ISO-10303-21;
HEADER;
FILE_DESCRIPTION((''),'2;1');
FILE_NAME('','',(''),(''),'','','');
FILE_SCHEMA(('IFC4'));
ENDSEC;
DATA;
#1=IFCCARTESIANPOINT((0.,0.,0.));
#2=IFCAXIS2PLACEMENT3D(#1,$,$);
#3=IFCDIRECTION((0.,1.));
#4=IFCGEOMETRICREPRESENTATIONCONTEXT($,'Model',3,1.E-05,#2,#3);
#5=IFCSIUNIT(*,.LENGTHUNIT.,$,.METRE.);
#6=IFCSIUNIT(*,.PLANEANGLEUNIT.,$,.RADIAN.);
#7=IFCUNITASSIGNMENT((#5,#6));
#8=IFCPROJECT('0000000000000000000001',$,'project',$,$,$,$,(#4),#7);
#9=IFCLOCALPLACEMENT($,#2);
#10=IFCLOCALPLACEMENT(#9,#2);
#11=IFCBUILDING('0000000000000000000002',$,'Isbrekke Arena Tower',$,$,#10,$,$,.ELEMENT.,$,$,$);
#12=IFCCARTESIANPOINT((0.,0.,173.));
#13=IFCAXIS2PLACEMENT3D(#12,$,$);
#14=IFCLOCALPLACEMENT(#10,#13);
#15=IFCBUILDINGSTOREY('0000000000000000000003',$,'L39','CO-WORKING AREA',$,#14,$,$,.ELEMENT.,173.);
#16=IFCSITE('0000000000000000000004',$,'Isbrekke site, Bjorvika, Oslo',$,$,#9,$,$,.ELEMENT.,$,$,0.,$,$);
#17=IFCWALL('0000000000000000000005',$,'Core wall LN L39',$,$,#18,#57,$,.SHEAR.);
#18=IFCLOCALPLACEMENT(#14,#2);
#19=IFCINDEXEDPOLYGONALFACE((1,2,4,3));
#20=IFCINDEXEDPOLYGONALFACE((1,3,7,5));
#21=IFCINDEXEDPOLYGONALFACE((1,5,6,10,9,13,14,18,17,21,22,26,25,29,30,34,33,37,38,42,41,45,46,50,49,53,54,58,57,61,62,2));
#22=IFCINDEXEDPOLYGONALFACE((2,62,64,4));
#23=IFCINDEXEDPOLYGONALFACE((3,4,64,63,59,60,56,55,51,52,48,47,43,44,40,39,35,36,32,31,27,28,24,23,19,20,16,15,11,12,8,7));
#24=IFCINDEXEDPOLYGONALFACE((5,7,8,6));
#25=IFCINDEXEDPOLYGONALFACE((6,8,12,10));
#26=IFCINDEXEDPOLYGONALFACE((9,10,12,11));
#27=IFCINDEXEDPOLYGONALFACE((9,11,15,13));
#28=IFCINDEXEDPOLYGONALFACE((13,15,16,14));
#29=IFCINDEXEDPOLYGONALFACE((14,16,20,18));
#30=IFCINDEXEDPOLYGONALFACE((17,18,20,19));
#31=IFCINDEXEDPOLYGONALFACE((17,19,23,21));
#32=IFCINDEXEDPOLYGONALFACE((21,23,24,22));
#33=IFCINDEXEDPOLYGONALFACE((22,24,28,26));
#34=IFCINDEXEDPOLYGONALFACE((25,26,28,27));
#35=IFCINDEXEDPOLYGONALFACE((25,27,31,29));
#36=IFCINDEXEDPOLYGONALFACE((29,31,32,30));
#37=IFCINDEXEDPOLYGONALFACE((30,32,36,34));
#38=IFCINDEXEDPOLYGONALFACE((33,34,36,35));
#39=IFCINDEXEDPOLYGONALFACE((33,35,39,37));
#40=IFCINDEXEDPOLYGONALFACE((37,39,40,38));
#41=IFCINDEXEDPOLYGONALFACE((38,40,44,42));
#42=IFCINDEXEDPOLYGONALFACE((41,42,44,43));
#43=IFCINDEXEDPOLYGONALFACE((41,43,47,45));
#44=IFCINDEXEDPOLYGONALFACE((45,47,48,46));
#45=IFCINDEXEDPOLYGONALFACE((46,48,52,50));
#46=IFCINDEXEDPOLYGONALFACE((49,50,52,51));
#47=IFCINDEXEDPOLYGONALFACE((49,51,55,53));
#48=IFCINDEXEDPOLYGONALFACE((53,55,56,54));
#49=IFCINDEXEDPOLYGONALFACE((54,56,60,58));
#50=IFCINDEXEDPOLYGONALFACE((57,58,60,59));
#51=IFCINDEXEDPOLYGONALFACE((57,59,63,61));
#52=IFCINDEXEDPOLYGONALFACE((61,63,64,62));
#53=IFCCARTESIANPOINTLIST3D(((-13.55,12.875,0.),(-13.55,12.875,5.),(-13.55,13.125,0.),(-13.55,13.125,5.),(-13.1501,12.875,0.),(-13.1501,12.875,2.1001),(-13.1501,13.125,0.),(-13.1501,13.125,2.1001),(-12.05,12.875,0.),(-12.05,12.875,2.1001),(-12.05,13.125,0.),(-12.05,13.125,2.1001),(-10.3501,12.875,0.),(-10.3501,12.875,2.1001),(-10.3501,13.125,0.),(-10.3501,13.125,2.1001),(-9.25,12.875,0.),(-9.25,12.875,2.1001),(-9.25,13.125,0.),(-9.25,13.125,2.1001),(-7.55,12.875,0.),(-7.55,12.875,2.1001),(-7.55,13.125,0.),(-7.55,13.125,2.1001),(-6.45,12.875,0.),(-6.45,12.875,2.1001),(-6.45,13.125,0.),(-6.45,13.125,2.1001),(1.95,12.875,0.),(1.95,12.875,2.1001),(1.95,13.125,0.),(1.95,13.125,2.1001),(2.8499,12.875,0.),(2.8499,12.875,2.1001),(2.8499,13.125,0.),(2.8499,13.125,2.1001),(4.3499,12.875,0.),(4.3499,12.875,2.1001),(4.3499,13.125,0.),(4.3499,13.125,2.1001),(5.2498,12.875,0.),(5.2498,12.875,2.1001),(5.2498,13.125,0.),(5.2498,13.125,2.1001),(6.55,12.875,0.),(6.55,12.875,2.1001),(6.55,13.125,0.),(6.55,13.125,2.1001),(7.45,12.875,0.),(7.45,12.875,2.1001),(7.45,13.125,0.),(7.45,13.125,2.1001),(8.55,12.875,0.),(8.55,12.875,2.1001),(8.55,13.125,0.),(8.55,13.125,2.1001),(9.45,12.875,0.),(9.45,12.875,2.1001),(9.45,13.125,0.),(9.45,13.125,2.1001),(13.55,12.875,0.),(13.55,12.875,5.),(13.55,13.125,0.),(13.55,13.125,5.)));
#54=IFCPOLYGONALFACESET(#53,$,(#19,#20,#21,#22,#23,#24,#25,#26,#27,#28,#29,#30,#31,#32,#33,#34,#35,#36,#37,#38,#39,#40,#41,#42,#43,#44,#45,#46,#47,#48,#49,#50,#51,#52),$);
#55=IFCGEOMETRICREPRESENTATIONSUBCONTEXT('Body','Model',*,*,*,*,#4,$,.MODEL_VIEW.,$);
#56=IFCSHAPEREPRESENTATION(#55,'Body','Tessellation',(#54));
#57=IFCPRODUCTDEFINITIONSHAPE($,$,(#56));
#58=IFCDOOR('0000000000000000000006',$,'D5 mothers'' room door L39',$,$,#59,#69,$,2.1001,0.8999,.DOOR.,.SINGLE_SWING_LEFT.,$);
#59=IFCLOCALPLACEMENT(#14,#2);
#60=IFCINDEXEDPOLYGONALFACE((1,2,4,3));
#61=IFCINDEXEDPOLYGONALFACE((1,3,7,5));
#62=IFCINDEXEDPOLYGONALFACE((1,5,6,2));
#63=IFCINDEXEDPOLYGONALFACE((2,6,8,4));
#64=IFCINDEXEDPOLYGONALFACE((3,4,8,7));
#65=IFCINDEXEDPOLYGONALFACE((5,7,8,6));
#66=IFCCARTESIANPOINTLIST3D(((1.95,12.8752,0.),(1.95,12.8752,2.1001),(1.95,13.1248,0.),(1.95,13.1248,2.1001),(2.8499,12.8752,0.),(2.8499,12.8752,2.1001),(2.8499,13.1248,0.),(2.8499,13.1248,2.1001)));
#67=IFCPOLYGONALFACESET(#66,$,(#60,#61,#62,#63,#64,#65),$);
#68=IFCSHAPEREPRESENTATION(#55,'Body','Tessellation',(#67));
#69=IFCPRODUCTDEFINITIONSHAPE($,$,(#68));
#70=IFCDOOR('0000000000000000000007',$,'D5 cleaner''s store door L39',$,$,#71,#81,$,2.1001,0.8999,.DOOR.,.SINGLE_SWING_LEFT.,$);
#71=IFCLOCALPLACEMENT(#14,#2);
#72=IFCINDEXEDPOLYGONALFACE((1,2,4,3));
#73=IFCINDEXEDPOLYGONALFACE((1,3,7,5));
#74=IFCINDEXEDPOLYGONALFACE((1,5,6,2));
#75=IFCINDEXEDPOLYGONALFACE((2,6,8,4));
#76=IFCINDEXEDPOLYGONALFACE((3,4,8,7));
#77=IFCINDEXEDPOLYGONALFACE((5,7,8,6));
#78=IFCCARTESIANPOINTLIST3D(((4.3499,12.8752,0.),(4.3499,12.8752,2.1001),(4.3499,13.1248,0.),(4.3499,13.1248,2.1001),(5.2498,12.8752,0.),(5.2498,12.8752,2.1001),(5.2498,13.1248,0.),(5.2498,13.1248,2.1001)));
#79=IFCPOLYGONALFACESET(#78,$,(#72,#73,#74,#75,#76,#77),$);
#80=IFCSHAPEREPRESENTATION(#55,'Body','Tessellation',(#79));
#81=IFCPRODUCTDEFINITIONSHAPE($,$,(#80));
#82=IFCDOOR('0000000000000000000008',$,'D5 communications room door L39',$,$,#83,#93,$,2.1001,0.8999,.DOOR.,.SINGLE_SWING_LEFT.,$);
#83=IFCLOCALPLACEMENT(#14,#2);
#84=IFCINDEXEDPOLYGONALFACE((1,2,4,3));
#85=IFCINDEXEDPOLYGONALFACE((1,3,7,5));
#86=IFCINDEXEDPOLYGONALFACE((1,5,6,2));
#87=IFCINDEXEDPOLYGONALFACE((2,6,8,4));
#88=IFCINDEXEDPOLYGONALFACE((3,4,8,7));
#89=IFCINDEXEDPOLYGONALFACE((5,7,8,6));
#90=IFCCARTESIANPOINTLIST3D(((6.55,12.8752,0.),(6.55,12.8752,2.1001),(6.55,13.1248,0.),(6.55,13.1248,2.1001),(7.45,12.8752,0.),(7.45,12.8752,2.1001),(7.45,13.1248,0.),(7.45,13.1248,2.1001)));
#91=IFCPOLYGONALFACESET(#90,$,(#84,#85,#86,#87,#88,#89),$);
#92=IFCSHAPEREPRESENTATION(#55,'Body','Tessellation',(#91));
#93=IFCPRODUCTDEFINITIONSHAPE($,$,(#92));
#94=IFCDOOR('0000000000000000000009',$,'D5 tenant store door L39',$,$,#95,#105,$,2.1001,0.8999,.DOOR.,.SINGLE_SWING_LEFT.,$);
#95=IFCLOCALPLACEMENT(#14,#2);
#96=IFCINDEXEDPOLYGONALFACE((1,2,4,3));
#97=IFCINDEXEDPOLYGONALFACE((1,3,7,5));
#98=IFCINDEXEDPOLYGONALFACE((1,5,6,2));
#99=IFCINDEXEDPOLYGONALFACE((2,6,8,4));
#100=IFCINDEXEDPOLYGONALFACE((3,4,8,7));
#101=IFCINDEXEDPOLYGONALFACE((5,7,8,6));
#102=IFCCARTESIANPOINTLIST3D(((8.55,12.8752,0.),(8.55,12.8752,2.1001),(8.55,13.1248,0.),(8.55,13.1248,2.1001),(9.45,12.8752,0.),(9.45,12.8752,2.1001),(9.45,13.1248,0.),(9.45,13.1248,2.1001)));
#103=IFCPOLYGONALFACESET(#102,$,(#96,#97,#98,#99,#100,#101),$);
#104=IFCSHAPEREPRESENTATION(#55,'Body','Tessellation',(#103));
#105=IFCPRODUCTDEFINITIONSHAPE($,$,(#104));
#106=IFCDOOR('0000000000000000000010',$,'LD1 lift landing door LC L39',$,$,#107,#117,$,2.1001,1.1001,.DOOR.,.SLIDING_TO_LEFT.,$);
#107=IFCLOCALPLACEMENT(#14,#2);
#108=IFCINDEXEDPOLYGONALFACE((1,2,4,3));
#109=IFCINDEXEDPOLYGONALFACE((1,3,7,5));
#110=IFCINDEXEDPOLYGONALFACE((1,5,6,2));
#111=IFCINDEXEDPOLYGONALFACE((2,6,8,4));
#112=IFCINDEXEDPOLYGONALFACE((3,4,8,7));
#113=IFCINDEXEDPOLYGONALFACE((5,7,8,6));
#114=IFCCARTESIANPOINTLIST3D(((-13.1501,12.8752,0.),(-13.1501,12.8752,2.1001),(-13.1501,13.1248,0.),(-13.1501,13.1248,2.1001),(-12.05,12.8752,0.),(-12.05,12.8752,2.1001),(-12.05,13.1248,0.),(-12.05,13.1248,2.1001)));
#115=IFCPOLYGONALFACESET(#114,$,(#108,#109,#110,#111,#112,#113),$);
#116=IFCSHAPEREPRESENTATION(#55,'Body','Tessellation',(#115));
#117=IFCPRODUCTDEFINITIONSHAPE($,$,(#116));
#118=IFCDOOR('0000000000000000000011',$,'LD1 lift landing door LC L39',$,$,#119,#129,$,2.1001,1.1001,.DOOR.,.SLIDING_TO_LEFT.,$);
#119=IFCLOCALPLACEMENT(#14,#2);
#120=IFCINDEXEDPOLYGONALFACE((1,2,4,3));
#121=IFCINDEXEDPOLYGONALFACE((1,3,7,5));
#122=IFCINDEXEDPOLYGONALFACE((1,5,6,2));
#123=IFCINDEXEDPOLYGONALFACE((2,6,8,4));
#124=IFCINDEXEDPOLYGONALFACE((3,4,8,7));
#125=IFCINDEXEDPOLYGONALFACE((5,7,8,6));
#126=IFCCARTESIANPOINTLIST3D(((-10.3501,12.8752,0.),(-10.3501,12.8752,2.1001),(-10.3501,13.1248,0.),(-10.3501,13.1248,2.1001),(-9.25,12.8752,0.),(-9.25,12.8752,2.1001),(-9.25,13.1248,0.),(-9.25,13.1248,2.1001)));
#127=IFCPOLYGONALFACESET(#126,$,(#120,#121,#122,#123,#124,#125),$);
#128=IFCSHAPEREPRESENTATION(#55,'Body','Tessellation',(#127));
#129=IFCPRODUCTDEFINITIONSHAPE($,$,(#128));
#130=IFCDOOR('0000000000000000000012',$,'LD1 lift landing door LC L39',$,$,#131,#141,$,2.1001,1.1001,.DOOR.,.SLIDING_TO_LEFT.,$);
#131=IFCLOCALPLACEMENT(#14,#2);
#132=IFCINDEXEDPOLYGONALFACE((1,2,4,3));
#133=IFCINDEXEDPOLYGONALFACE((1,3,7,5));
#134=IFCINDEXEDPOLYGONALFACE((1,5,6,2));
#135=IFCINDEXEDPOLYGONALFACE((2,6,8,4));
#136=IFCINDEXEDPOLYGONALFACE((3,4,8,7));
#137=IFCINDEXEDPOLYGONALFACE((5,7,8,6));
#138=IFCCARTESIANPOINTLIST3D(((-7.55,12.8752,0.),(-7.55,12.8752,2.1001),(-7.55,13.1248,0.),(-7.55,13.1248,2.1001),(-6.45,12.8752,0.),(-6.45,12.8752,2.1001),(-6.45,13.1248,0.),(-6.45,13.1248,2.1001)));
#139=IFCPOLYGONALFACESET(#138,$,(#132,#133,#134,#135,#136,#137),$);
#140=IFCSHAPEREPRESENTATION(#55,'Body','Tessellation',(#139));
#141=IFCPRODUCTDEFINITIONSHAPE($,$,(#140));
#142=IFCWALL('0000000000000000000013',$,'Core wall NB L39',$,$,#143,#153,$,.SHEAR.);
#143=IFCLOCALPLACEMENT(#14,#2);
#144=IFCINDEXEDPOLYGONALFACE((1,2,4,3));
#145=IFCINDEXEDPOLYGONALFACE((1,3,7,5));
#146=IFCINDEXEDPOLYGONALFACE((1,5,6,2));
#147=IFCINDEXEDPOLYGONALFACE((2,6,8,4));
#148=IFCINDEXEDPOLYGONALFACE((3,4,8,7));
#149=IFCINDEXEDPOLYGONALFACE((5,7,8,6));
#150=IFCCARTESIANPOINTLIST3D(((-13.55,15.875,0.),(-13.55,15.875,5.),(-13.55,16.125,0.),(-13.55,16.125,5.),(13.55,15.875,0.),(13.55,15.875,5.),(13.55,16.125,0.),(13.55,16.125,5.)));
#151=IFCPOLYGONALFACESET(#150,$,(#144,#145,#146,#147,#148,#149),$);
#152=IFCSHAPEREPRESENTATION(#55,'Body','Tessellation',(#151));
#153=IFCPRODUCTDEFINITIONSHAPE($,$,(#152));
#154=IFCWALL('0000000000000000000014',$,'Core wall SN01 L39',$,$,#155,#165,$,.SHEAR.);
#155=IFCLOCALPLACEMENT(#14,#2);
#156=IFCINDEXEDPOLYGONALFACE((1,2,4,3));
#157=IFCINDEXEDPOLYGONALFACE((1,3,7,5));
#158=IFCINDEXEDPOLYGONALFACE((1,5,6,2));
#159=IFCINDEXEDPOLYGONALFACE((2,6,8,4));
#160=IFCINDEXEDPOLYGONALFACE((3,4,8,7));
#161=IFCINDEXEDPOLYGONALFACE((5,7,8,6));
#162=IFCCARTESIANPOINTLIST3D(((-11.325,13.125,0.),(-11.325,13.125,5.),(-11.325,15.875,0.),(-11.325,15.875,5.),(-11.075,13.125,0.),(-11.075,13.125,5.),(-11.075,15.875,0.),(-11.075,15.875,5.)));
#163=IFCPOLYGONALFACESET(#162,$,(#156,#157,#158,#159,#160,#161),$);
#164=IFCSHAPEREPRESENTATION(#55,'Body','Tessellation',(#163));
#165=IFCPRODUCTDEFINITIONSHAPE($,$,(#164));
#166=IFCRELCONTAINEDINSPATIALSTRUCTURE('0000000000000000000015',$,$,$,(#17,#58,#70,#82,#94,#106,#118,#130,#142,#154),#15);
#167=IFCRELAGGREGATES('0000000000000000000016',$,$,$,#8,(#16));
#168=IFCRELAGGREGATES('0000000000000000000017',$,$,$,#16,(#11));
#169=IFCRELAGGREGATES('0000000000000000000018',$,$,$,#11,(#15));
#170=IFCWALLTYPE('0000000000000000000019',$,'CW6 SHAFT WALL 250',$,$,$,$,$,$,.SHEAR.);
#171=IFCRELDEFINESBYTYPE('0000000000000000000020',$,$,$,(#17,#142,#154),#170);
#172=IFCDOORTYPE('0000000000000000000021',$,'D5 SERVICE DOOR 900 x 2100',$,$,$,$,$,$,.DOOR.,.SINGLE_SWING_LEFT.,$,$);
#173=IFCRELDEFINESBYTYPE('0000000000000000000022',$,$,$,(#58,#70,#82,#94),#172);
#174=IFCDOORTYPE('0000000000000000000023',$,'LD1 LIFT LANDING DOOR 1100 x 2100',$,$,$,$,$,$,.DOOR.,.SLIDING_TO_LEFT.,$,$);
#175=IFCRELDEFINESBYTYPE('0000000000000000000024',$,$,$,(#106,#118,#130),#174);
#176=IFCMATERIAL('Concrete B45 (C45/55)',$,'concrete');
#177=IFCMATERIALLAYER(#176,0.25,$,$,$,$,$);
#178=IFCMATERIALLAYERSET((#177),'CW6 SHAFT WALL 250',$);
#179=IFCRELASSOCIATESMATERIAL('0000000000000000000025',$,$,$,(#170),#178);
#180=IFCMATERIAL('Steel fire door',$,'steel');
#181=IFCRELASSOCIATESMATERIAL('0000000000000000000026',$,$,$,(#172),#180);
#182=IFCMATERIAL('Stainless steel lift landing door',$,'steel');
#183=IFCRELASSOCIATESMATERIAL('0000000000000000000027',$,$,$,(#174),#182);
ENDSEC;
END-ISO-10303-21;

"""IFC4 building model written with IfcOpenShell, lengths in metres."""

from ifc_helpers import new_model, si_unit, direction, frame, frame_2d, origin, place, context, subcontext, project, spatial, rectangle, extrude, material, layer, layer_set, type_object, element, fill, save


model = new_model("IFC4")

# Units and contexts
model_context = context("Model", 3, precision=1e-05, world=origin(), true_north=direction((0.0, 1.0)))
body_context = subcontext(model_context, "Body", "Model", "MODEL_VIEW")
ifc_project = project(units=[si_unit("LENGTHUNIT", "METRE"), si_unit("PLANEANGLEUNIT", "RADIAN")], contexts=[model_context])

# Site, building, storey
site_placement = place(None, origin())
site = spatial("IfcSite", under=ifc_project, at=site_placement, Name="Isbrekke site, Bjorvika, Oslo", CompositionType="ELEMENT", RefElevation=0.0)
building_placement = place(site_placement, origin())
building = spatial("IfcBuilding", under=site, at=building_placement, Name="Isbrekke Arena Tower", CompositionType="ELEMENT")
storey_placement = place(building_placement, frame((0.0, 0.0, 173.0)))
storey = spatial("IfcBuildingStorey", under=building, at=storey_placement, Name="L39", Description="CO-WORKING AREA", CompositionType="ELEMENT", Elevation=173.0)

# Wall, openings, doors
ifc_material_1 = material(Name="Concrete B45 (C45/55)", Category="concrete")
ifc_layer = layer(ifc_material_1, 0.25)
ifc_layer_set = layer_set([ifc_layer], Name="CW6 SHAFT WALL 250")
wall_type = type_object("IfcWallType", Name="CW6 SHAFT WALL 250", PredefinedType="SHEAR", material=ifc_layer_set)
wall_1_placement = place(storey_placement, frame((-13.55, 13.0, 0.0), z_axis=(0.0, 0.0, 1.0), x_axis=(1.0, 0.0, 0.0)))
wall_1 = element("IfcWall", 1, at=wall_1_placement, inside=storey, type_object=wall_type, Name="Core wall LN L39", PredefinedType="SHEAR", context=body_context, shape_type="SweptSolid", body=[
    extrude(rectangle(XDim=27.1001, YDim=0.25, at=frame_2d((13.55, 0.0))), origin(), (0.0, 0.0, 1.0), 5.0),
])
opening_1_placement = place(wall_1_placement, frame((0.3999, 0.0, 0.0)))
opening_1 = element("IfcOpeningElement", 2, at=opening_1_placement, cuts=wall_1, PredefinedType="OPENING", context=body_context, shape_type="SweptSolid", body=[
    extrude(rectangle(XDim=1.1001, YDim=2.1001, at=frame_2d((0.55, 1.05))), frame((0.0, 0.1399, 0.0), z_axis=(0.0, -1.0, 0.0), x_axis=(1.0, 0.0, 0.0)), (0.0, 0.0, 1.0), 0.2798),
])
opening_2_placement = place(wall_1_placement, frame((3.2, 0.0, 0.0)))
opening_2 = element("IfcOpeningElement", 3, at=opening_2_placement, cuts=wall_1, PredefinedType="OPENING", context=body_context, shape_type="SweptSolid", body=[
    extrude(rectangle(XDim=1.1001, YDim=2.1001, at=frame_2d((0.55, 1.05))), frame((0.0, 0.1399, 0.0), z_axis=(0.0, -1.0, 0.0), x_axis=(1.0, 0.0, 0.0)), (0.0, 0.0, 1.0), 0.2798),
])
opening_3_placement = place(wall_1_placement, frame((6.0, 0.0, 0.0)))
opening_3 = element("IfcOpeningElement", 4, at=opening_3_placement, cuts=wall_1, PredefinedType="OPENING", context=body_context, shape_type="SweptSolid", body=[
    extrude(rectangle(XDim=1.1001, YDim=2.1001, at=frame_2d((0.55, 1.05))), frame((0.0, 0.1399, 0.0), z_axis=(0.0, -1.0, 0.0), x_axis=(1.0, 0.0, 0.0)), (0.0, 0.0, 1.0), 0.2798),
])
opening_4_placement = place(wall_1_placement, frame((15.5, 0.0, 0.0)))
opening_4 = element("IfcOpeningElement", 5, at=opening_4_placement, cuts=wall_1, PredefinedType="OPENING", context=body_context, shape_type="SweptSolid", body=[
    extrude(rectangle(XDim=0.8999, YDim=2.1001, at=frame_2d((0.45, 1.05))), frame((0.0, 0.1399, 0.0), z_axis=(0.0, -1.0, 0.0), x_axis=(1.0, 0.0, 0.0)), (0.0, 0.0, 1.0), 0.2798),
])
opening_5_placement = place(wall_1_placement, frame((17.8999, 0.0, 0.0)))
opening_5 = element("IfcOpeningElement", 6, at=opening_5_placement, cuts=wall_1, PredefinedType="OPENING", context=body_context, shape_type="SweptSolid", body=[
    extrude(rectangle(XDim=0.8999, YDim=2.1001, at=frame_2d((0.45, 1.05))), frame((0.0, 0.1399, 0.0), z_axis=(0.0, -1.0, 0.0), x_axis=(1.0, 0.0, 0.0)), (0.0, 0.0, 1.0), 0.2798),
])
opening_6_placement = place(wall_1_placement, frame((20.1001, 0.0, 0.0)))
opening_6 = element("IfcOpeningElement", 7, at=opening_6_placement, cuts=wall_1, PredefinedType="OPENING", context=body_context, shape_type="SweptSolid", body=[
    extrude(rectangle(XDim=0.8999, YDim=2.1001, at=frame_2d((0.45, 1.05))), frame((0.0, 0.1399, 0.0), z_axis=(0.0, -1.0, 0.0), x_axis=(1.0, 0.0, 0.0)), (0.0, 0.0, 1.0), 0.2798),
])
opening_7_placement = place(wall_1_placement, frame((22.1001, 0.0, 0.0)))
opening_7 = element("IfcOpeningElement", 8, at=opening_7_placement, cuts=wall_1, PredefinedType="OPENING", context=body_context, shape_type="SweptSolid", body=[
    extrude(rectangle(XDim=0.8999, YDim=2.1001, at=frame_2d((0.45, 1.05))), frame((0.0, 0.1399, 0.0), z_axis=(0.0, -1.0, 0.0), x_axis=(1.0, 0.0, 0.0)), (0.0, 0.0, 1.0), 0.2798),
])
ifc_material_2 = material(Name="Steel fire door", Category="steel")
door_type_1 = type_object("IfcDoorType", Name="D5 SERVICE DOOR 900 x 2100", OperationType="SINGLE_SWING_LEFT", PredefinedType="DOOR", material=ifc_material_2)
door_1_placement = place(opening_4_placement, origin())
door_1 = element("IfcDoor", 9, at=door_1_placement, inside=storey, type_object=door_type_1, Name="D5 mothers' room door L39", OperationType="SINGLE_SWING_LEFT", OverallHeight=2.1001, OverallWidth=0.8999, PredefinedType="DOOR", context=body_context, shape_type="SweptSolid", body=[
    extrude(rectangle(XDim=0.8999, YDim=2.1001, at=frame_2d((0.45, 1.05))), frame((0.0, 0.1248, 0.0), z_axis=(0.0, -1.0, 0.0), x_axis=(1.0, 0.0, 0.0)), (0.0, 0.0, 1.0), 0.2495),
])
fill(opening_4, door_1)
door_2_placement = place(opening_5_placement, origin())
door_2 = element("IfcDoor", 10, at=door_2_placement, inside=storey, type_object=door_type_1, Name="D5 cleaner's store door L39", OperationType="SINGLE_SWING_LEFT", OverallHeight=2.1001, OverallWidth=0.8999, PredefinedType="DOOR", context=body_context, shape_type="SweptSolid", body=[
    extrude(rectangle(XDim=0.8999, YDim=2.1001, at=frame_2d((0.45, 1.05))), frame((0.0, 0.1248, 0.0), z_axis=(0.0, -1.0, 0.0), x_axis=(1.0, 0.0, 0.0)), (0.0, 0.0, 1.0), 0.2495),
])
fill(opening_5, door_2)
door_3_placement = place(opening_6_placement, origin())
door_3 = element("IfcDoor", 11, at=door_3_placement, inside=storey, type_object=door_type_1, Name="D5 communications room door L39", OperationType="SINGLE_SWING_LEFT", OverallHeight=2.1001, OverallWidth=0.8999, PredefinedType="DOOR", context=body_context, shape_type="SweptSolid", body=[
    extrude(rectangle(XDim=0.8999, YDim=2.1001, at=frame_2d((0.45, 1.05))), frame((0.0, 0.1248, 0.0), z_axis=(0.0, -1.0, 0.0), x_axis=(1.0, 0.0, 0.0)), (0.0, 0.0, 1.0), 0.2495),
])
fill(opening_6, door_3)
door_4_placement = place(opening_7_placement, origin())
door_4 = element("IfcDoor", 12, at=door_4_placement, inside=storey, type_object=door_type_1, Name="D5 tenant store door L39", OperationType="SINGLE_SWING_LEFT", OverallHeight=2.1001, OverallWidth=0.8999, PredefinedType="DOOR", context=body_context, shape_type="SweptSolid", body=[
    extrude(rectangle(XDim=0.8999, YDim=2.1001, at=frame_2d((0.45, 1.05))), frame((0.0, 0.1248, 0.0), z_axis=(0.0, -1.0, 0.0), x_axis=(1.0, 0.0, 0.0)), (0.0, 0.0, 1.0), 0.2495),
])
fill(opening_7, door_4)
ifc_material_3 = material(Name="Stainless steel lift landing door", Category="steel")
door_type_2 = type_object("IfcDoorType", Name="LD1 LIFT LANDING DOOR 1100 x 2100", OperationType="SLIDING_TO_LEFT", PredefinedType="DOOR", material=ifc_material_3)
door_5_placement = place(opening_1_placement, origin())
door_5 = element("IfcDoor", 13, at=door_5_placement, inside=storey, type_object=door_type_2, Name="LD1 lift landing door LC L39", OperationType="SLIDING_TO_LEFT", OverallHeight=2.1001, OverallWidth=1.1001, PredefinedType="DOOR", context=body_context, shape_type="SweptSolid", body=[
    extrude(rectangle(XDim=1.1001, YDim=2.1001, at=frame_2d((0.55, 1.05))), frame((0.0, 0.1248, 0.0), z_axis=(0.0, -1.0, 0.0), x_axis=(1.0, 0.0, 0.0)), (0.0, 0.0, 1.0), 0.2495),
])
fill(opening_1, door_5)
door_6_placement = place(opening_2_placement, origin())
door_6 = element("IfcDoor", 14, at=door_6_placement, inside=storey, type_object=door_type_2, Name="LD1 lift landing door LC L39", OperationType="SLIDING_TO_LEFT", OverallHeight=2.1001, OverallWidth=1.1001, PredefinedType="DOOR", context=body_context, shape_type="SweptSolid", body=[
    extrude(rectangle(XDim=1.1001, YDim=2.1001, at=frame_2d((0.55, 1.05))), frame((0.0, 0.1248, 0.0), z_axis=(0.0, -1.0, 0.0), x_axis=(1.0, 0.0, 0.0)), (0.0, 0.0, 1.0), 0.2495),
])
fill(opening_2, door_6)
door_7_placement = place(opening_3_placement, origin())
door_7 = element("IfcDoor", 15, at=door_7_placement, inside=storey, type_object=door_type_2, Name="LD1 lift landing door LC L39", OperationType="SLIDING_TO_LEFT", OverallHeight=2.1001, OverallWidth=1.1001, PredefinedType="DOOR", context=body_context, shape_type="SweptSolid", body=[
    extrude(rectangle(XDim=1.1001, YDim=2.1001, at=frame_2d((0.55, 1.05))), frame((0.0, 0.1248, 0.0), z_axis=(0.0, -1.0, 0.0), x_axis=(1.0, 0.0, 0.0)), (0.0, 0.0, 1.0), 0.2495),
])
fill(opening_3, door_7)

# Walls
wall_2_placement = place(storey_placement, frame((-13.55, 16.0, 0.0), z_axis=(0.0, 0.0, 1.0), x_axis=(1.0, 0.0, 0.0)))
element("IfcWall", 16, at=wall_2_placement, inside=storey, type_object=wall_type, Name="Core wall NB L39", PredefinedType="SHEAR", context=body_context, shape_type="SweptSolid", body=[
    extrude(rectangle(XDim=27.1001, YDim=0.25, at=frame_2d((13.55, 0.0))), origin(), (0.0, 0.0, 1.0), 5.0),
])
wall_3_placement = place(storey_placement, frame((-11.2, 13.125, 0.0), z_axis=(0.0, 0.0, 1.0), x_axis=(0.0, 1.0, 0.0)))
element("IfcWall", 17, at=wall_3_placement, inside=storey, type_object=wall_type, Name="Core wall SN01 L39", PredefinedType="SHEAR", context=body_context, shape_type="SweptSolid", body=[
    extrude(rectangle(XDim=2.75, YDim=0.25, at=frame_2d((1.375, 0.0))), origin(), (0.0, 0.0, 1.0), 5.0),
])

save(model, "model.ifc")
